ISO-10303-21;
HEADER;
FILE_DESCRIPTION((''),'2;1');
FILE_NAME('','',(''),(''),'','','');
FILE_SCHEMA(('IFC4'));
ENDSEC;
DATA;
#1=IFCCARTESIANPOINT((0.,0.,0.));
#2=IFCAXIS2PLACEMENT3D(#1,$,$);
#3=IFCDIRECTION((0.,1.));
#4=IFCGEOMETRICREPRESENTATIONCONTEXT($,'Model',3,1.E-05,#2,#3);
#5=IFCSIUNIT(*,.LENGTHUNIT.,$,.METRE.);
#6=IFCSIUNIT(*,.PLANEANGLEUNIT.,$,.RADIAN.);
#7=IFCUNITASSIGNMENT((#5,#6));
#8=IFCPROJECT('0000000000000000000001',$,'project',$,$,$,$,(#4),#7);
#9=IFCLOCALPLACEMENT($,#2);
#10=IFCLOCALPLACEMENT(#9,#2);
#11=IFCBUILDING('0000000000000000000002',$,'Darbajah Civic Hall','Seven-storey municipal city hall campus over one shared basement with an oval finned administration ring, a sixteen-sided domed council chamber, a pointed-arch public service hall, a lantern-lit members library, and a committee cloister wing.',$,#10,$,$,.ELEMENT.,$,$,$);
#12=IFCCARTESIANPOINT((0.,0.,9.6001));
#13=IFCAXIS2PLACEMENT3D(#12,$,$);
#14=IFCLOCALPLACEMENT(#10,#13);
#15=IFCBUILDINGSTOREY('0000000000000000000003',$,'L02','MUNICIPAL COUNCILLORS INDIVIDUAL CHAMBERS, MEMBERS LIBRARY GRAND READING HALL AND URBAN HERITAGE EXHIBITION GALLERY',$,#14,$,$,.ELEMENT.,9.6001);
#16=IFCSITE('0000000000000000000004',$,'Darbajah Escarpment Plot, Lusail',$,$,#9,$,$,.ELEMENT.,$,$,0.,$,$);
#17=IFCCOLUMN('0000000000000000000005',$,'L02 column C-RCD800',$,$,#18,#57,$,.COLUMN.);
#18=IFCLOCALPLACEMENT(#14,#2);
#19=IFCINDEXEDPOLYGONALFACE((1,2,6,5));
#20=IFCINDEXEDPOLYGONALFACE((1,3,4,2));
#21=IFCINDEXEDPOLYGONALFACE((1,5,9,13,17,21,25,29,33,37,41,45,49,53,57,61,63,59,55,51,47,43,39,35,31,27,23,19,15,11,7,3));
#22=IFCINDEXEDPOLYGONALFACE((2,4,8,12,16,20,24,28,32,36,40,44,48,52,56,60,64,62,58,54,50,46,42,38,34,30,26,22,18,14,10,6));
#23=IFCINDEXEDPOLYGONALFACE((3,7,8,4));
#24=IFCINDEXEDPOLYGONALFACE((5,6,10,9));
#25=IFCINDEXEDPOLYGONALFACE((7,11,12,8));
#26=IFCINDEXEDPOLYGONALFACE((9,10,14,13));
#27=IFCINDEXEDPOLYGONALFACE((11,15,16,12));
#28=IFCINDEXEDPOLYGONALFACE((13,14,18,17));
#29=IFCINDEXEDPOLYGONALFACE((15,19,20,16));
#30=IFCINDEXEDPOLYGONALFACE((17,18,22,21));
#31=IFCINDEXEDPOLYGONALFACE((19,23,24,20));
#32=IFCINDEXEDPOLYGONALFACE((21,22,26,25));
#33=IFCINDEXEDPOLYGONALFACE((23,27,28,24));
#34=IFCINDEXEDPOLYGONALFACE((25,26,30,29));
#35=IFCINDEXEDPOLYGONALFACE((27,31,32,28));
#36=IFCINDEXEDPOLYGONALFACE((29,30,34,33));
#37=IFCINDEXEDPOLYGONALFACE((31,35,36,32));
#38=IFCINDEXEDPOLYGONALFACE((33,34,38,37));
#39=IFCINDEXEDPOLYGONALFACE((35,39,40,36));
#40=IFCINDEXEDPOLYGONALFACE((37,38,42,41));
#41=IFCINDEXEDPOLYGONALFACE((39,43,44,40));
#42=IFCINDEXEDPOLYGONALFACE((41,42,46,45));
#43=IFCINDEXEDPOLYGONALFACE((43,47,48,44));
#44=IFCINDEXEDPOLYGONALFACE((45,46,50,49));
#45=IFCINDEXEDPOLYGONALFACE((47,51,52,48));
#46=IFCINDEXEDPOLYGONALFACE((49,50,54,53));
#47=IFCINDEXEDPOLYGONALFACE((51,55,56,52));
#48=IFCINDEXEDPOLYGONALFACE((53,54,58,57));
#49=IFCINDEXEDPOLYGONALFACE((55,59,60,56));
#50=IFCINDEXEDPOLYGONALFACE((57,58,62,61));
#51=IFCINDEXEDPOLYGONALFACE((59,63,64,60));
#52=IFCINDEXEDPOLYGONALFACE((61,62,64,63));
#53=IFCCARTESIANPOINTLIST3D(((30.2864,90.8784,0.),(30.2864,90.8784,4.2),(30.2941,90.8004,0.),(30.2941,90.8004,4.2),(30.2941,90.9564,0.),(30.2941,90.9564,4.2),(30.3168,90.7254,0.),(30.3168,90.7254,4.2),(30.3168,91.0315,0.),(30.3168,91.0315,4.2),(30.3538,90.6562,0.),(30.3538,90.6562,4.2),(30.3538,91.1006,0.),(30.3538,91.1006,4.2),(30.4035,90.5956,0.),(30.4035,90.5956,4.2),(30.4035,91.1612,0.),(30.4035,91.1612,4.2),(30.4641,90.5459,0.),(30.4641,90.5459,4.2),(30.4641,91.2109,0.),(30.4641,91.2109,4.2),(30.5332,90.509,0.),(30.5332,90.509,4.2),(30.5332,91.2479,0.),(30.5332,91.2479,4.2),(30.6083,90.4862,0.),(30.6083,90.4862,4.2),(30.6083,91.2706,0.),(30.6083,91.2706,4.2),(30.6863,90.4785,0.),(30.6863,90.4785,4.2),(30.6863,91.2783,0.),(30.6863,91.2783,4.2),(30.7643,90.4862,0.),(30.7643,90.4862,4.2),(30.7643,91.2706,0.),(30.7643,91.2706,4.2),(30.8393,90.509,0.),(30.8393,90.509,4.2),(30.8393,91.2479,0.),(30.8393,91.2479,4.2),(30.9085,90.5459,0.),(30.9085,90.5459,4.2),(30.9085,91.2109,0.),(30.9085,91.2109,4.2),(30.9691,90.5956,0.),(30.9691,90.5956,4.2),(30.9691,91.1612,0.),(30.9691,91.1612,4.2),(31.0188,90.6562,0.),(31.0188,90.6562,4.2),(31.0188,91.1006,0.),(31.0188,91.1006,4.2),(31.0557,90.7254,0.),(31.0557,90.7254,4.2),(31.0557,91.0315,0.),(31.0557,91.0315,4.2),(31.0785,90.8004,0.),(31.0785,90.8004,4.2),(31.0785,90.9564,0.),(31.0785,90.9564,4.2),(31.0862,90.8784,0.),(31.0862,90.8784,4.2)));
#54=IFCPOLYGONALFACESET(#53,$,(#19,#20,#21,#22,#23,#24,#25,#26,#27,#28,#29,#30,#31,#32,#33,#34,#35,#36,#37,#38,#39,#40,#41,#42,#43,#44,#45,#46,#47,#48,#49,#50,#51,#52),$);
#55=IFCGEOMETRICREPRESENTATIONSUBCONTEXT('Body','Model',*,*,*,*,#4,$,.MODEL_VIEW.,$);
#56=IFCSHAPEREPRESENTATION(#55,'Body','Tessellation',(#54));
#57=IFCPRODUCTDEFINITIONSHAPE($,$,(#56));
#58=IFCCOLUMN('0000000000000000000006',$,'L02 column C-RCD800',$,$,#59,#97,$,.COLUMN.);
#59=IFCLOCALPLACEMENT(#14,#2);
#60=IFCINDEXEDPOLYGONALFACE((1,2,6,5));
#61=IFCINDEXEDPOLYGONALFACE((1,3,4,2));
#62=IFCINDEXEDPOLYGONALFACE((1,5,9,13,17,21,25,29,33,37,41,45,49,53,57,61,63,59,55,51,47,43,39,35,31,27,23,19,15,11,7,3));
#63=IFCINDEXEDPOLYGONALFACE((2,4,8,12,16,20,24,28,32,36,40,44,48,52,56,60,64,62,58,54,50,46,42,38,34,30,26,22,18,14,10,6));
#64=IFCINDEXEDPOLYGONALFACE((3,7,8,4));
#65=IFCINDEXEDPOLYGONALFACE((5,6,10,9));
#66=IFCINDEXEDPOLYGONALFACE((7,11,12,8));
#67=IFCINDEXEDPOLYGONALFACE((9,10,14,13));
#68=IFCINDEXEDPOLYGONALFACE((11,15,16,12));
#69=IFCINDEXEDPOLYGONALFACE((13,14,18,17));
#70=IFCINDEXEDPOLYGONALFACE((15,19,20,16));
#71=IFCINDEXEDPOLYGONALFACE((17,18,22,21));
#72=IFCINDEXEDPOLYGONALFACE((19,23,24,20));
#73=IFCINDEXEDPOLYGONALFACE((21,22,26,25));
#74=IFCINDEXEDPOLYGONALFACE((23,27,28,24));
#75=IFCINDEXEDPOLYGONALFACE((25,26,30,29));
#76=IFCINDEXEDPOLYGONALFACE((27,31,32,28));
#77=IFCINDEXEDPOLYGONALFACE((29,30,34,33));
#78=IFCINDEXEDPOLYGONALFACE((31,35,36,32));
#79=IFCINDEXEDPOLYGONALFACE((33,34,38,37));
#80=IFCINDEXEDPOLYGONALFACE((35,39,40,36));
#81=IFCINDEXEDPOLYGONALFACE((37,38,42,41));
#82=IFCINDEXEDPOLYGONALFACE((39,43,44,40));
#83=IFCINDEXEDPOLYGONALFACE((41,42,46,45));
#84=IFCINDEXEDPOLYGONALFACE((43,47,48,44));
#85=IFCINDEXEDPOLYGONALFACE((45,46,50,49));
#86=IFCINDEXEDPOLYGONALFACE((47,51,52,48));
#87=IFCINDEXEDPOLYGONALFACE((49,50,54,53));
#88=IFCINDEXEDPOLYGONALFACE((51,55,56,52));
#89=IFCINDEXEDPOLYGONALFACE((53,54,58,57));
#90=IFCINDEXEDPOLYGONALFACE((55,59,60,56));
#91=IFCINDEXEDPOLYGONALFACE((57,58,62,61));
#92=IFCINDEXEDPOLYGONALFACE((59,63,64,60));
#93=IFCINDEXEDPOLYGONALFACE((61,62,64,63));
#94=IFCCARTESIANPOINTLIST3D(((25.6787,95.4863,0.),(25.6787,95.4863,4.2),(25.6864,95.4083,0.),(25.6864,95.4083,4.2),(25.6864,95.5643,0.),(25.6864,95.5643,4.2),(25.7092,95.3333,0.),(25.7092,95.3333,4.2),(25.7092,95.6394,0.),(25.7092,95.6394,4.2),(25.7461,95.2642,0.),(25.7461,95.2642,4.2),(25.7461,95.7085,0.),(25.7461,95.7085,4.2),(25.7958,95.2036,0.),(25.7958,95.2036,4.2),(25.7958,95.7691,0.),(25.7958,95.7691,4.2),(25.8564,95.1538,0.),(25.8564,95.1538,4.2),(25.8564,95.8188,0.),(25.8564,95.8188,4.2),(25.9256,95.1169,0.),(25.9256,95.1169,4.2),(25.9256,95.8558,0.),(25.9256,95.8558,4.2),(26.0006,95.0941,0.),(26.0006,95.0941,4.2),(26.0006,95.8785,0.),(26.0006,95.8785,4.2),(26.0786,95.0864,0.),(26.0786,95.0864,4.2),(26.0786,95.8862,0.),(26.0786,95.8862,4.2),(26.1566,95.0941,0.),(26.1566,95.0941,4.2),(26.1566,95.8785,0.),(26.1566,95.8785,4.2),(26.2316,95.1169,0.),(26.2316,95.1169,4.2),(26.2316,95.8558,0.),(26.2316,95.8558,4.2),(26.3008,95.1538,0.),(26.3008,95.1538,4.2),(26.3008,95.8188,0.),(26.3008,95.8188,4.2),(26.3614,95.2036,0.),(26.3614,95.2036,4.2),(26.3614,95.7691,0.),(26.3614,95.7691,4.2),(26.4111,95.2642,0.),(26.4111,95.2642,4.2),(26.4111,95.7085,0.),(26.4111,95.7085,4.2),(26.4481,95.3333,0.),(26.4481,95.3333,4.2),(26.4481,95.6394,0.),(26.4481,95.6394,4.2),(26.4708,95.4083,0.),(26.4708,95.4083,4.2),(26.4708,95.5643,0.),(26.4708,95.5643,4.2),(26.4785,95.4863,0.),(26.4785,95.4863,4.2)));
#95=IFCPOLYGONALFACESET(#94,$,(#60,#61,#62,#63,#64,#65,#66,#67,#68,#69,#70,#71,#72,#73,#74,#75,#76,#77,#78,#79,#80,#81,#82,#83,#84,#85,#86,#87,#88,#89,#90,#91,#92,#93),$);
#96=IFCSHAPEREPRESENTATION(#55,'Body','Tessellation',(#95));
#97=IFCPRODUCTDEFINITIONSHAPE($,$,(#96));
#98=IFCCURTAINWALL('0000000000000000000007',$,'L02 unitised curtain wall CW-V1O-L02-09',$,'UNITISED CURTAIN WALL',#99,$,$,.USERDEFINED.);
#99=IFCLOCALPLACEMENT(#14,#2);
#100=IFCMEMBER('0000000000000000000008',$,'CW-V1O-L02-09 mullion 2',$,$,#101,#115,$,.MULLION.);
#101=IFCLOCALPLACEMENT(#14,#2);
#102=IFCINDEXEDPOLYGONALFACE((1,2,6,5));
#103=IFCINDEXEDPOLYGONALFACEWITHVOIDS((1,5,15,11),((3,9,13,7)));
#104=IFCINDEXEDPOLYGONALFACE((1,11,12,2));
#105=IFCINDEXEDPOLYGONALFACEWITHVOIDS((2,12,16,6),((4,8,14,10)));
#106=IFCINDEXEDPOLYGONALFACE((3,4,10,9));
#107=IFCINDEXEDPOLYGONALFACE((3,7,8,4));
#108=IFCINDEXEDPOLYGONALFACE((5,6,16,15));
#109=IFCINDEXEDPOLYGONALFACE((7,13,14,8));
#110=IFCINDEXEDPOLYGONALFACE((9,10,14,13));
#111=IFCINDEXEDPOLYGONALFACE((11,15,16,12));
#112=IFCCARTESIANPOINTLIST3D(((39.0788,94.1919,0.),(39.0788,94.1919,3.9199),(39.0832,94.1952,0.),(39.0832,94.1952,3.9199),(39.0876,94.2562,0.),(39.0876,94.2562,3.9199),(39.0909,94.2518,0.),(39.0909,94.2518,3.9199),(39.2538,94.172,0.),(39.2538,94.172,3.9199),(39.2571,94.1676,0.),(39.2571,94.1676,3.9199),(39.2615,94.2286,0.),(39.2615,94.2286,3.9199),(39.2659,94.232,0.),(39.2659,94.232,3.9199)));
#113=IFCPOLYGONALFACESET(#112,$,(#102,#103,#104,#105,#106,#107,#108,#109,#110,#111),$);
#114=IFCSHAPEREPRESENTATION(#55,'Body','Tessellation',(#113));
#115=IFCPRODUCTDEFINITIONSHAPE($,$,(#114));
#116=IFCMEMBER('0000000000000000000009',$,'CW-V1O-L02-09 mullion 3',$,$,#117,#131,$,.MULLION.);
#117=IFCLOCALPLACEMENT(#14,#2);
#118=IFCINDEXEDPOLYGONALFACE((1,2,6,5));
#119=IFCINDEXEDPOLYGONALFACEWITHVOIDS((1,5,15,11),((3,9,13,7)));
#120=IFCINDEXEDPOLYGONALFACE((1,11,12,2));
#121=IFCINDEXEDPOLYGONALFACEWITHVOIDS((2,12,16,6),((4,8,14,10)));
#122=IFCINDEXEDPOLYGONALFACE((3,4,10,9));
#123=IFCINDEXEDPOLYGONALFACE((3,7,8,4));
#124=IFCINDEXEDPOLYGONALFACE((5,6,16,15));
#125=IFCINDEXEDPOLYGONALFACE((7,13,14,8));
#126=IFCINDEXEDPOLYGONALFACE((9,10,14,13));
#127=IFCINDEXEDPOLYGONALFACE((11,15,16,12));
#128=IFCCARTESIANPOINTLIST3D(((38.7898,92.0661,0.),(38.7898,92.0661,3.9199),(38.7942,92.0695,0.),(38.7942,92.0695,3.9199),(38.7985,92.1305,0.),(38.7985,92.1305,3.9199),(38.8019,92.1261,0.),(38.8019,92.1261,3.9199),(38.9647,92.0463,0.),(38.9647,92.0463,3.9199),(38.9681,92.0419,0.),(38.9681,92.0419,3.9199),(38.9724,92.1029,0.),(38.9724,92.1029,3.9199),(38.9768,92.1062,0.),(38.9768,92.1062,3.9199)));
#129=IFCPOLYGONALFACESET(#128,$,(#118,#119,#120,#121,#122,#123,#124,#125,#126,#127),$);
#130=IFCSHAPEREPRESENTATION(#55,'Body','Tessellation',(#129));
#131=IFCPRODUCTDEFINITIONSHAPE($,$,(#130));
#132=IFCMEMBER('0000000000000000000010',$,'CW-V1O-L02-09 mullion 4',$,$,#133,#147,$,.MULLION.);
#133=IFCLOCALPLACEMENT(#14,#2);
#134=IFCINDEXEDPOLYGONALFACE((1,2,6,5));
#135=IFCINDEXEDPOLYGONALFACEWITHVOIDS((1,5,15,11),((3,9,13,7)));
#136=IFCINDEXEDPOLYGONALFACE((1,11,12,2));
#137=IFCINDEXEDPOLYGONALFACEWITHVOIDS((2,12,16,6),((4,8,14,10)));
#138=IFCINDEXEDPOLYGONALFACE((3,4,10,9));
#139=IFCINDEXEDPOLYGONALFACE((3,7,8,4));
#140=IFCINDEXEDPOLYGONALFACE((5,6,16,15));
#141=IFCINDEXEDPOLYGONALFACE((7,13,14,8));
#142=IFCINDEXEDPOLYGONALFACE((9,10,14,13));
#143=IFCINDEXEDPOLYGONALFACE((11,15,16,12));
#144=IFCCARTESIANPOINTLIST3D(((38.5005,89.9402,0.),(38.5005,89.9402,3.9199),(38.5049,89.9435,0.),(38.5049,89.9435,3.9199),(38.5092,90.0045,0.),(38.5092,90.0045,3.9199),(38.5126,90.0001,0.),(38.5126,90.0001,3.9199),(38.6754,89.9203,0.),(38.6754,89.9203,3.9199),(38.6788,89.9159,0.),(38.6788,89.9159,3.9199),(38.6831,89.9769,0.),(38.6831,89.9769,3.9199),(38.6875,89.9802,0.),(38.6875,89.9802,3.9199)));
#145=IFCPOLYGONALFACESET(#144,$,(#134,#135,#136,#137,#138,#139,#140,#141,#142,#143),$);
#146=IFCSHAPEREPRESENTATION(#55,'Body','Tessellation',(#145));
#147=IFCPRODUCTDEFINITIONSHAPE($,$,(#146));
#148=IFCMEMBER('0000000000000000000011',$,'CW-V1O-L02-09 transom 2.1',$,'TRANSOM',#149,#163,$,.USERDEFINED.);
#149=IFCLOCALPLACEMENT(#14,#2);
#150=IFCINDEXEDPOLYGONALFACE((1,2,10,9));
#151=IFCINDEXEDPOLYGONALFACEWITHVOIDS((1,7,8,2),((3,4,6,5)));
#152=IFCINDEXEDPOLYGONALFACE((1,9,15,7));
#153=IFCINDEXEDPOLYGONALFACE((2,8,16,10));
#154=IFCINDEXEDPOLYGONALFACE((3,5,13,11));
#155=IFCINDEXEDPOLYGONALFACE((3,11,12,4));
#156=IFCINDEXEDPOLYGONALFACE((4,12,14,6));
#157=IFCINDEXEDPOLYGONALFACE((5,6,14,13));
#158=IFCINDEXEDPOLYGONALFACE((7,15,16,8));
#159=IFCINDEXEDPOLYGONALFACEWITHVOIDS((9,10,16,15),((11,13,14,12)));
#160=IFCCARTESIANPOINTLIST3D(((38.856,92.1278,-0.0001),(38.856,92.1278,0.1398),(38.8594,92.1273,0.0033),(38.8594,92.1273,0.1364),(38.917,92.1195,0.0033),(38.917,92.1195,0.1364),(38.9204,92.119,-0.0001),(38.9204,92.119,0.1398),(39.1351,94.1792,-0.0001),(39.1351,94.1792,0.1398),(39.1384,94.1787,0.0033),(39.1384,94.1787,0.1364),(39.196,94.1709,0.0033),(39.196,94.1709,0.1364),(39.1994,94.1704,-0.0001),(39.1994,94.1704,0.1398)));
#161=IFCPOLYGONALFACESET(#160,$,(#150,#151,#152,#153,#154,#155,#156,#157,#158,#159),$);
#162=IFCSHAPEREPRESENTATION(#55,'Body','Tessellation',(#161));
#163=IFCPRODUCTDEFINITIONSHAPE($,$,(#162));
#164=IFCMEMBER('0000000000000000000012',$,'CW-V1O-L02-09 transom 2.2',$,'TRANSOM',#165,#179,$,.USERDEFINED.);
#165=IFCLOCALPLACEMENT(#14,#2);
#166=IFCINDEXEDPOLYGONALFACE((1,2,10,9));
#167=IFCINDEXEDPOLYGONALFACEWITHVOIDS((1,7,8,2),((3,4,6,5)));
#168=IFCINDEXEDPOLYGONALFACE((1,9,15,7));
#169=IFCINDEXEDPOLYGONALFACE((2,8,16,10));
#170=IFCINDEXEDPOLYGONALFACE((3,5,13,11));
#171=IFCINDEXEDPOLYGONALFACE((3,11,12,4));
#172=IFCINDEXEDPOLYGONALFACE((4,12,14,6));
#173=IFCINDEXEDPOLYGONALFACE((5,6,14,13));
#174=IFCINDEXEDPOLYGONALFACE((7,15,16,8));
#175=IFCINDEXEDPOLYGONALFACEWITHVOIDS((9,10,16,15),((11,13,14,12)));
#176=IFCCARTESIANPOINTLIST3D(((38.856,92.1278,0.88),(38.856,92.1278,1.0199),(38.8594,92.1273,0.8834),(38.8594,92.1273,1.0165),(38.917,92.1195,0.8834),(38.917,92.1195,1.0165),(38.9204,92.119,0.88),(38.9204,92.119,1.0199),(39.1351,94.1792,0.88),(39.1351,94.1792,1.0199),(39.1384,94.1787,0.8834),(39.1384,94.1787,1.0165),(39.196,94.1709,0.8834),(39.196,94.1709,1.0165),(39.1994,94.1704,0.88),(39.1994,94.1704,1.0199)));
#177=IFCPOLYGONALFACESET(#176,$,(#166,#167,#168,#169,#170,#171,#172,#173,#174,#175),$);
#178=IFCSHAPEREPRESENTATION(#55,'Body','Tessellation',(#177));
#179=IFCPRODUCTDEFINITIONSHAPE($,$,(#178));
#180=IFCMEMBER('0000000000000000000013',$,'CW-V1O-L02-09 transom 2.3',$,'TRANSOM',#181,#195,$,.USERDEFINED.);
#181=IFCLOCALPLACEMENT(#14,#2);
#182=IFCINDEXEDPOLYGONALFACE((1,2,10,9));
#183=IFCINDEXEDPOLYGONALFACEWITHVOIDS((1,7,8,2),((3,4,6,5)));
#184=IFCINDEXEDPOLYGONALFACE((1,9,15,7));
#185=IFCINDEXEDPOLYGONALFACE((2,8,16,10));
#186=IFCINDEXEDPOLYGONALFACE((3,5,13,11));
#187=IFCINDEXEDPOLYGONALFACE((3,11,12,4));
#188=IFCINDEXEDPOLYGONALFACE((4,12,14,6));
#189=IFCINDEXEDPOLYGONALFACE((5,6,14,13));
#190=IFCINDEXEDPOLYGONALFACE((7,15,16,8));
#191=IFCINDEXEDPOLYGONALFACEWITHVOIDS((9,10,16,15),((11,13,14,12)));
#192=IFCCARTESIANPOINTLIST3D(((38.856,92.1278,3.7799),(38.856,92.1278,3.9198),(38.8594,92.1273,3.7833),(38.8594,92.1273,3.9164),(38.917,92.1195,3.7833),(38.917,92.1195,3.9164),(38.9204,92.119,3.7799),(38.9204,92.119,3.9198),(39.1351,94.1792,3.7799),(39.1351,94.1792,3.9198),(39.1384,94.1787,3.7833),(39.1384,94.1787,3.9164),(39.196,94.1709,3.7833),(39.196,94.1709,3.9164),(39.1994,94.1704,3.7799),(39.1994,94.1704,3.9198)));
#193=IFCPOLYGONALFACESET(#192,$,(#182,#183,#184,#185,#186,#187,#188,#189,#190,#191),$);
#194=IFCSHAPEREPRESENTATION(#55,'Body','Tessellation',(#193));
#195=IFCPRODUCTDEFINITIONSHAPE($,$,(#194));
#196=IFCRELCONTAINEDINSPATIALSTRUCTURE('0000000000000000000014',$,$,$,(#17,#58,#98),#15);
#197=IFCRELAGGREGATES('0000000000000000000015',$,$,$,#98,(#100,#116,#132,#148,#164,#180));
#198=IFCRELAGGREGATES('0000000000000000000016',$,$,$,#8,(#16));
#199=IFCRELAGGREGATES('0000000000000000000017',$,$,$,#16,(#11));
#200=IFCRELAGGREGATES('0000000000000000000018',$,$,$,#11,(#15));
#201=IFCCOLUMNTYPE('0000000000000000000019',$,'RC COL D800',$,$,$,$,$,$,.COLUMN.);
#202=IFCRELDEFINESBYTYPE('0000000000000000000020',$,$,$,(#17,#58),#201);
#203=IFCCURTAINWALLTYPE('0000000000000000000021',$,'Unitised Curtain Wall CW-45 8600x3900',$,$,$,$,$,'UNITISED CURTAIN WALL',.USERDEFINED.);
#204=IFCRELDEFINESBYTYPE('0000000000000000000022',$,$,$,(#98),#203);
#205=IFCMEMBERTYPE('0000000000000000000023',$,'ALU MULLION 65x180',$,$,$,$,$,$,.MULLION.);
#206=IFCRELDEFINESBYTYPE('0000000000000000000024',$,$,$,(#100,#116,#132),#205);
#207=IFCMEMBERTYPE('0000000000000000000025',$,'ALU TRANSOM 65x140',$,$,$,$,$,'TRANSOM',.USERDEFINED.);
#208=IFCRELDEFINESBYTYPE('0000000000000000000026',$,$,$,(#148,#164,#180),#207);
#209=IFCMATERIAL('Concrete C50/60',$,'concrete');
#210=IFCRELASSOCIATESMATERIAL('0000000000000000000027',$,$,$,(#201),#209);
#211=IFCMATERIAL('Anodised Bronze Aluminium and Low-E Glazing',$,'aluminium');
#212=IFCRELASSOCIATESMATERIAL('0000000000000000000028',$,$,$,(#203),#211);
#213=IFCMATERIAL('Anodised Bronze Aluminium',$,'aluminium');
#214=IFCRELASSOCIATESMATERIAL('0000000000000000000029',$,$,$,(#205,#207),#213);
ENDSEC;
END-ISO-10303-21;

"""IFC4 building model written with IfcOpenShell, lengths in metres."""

from ifc_helpers import new_model, si_unit, direction, frame, origin, origin_2d, place, context, subcontext, project, spatial, hollow_rectangle, circle, extrude, material, material_profile, profile_set, type_object, element, aggregate, save


model = new_model("IFC4")

# Units and contexts
model_context = context("Model", 3, precision=1e-05, world=origin(), true_north=direction((0.0, 1.0)))
body_context = subcontext(model_context, "Body", "Model", "MODEL_VIEW")
ifc_project = project(units=[si_unit("LENGTHUNIT", "METRE"), si_unit("PLANEANGLEUNIT", "RADIAN")], contexts=[model_context])

# Site, building, storey
site_placement = place(None, origin())
site = spatial("IfcSite", under=ifc_project, at=site_placement, Name="Darbajah Escarpment Plot, Lusail", CompositionType="ELEMENT", RefElevation=0.0)
building_placement = place(site_placement, origin())
building = spatial("IfcBuilding", under=site, at=building_placement, Name="Darbajah Civic Hall", Description="Seven-storey municipal city hall campus over one shared basement with an oval finned administration ring, a sixteen-sided domed council chamber, a pointed-arch public service hall, a lantern-lit members library, and a committee cloister wing.", CompositionType="ELEMENT")
storey_placement = place(building_placement, frame((0.0, 0.0, 9.6001)))
storey = spatial("IfcBuildingStorey", under=building, at=storey_placement, Name="L02", Description="MUNICIPAL COUNCILLORS INDIVIDUAL CHAMBERS, MEMBERS LIBRARY GRAND READING HALL AND URBAN HERITAGE EXHIBITION GALLERY", CompositionType="ELEMENT", Elevation=9.6001)

# Columns
ifc_material_1 = material(Name="Concrete C50/60", Category="concrete")
ifc_material_profile_1 = material_profile(ifc_material_1, circle(Radius=0.3999, at=origin_2d()), Name="RC COL D800")
ifc_profile_set_1 = profile_set([ifc_material_profile_1], Name="Concrete C50/60")
column_type = type_object("IfcColumnType", Name="RC COL D800", PredefinedType="COLUMN", material=ifc_profile_set_1)
for number, where, z_axis, x_axis, name in (
    (1, (30.6863, 90.8784, 0.0), (0.0, 0.0, 1.0), (1.0, 0.0, 0.0), "L02 column C-RCD800"),
    (2, (26.0786, 95.4863, 0.0), (0.0, 0.0, 1.0), (1.0, 0.0, 0.0), "L02 column C-RCD800"),
):
    element("IfcColumn", number, at=place(storey_placement, frame(where, z_axis=z_axis, x_axis=x_axis)), inside=storey, type_object=column_type, Name=name, PredefinedType="COLUMN", context=body_context, shape_type="SweptSolid", body=[
        extrude(circle(Radius=0.3999, at=origin_2d()), origin(), (0.0, 0.0, 1.0), 4.2),
    ])

# Curtain wall, members
ifc_material_2 = material(Name="Anodised Bronze Aluminium and Low-E Glazing", Category="aluminium")
curtain_wall_type = type_object("IfcCurtainWallType", Name="Unitised Curtain Wall CW-45 8600x3900", ElementType="UNITISED CURTAIN WALL", PredefinedType="USERDEFINED", material=ifc_material_2)
curtain_wall_placement = place(storey_placement, origin())
curtain_wall = element("IfcCurtainWall", 3, at=curtain_wall_placement, inside=storey, type_object=curtain_wall_type, Name="L02 unitised curtain wall CW-V1O-L02-09", ObjectType="UNITISED CURTAIN WALL", PredefinedType="USERDEFINED")
ifc_material_3 = material(Name="Anodised Bronze Aluminium", Category="aluminium")
ifc_material_profile_2 = material_profile(ifc_material_3, hollow_rectangle(XDim=0.0649, YDim=0.1799, WallThickness=0.0039, at=origin_2d()), Name="ALU MULLION 65x180")
ifc_profile_set_2 = profile_set([ifc_material_profile_2], Name="Anodised Bronze Aluminium")
member_type_1 = type_object("IfcMemberType", Name="ALU MULLION 65x180", PredefinedType="MULLION", material=ifc_profile_set_2)
member_1_placement = place(storey_placement, frame((39.1724, 94.2119, 0.0), z_axis=(0.0, 0.0, 1.0), x_axis=(-0.134851, -0.990866, 0.0)))
member_1 = element("IfcMember", 4, at=member_1_placement, type_object=member_type_1, Name="CW-V1O-L02-09 mullion 2", PredefinedType="MULLION", context=body_context, shape_type="SweptSolid", body=[
    extrude(hollow_rectangle(XDim=0.0649, YDim=0.1799, WallThickness=0.0039, at=origin_2d()), origin(), (0.0, 0.0, 1.0), 3.9199),
])
member_2_placement = place(storey_placement, frame((38.8833, 92.0862, 0.0), z_axis=(0.0, 0.0, 1.0), x_axis=(-0.134851, -0.990866, 0.0)))
member_2 = element("IfcMember", 5, at=member_2_placement, type_object=member_type_1, Name="CW-V1O-L02-09 mullion 3", PredefinedType="MULLION", context=body_context, shape_type="SweptSolid", body=[
    extrude(hollow_rectangle(XDim=0.0649, YDim=0.1799, WallThickness=0.0039, at=origin_2d()), origin(), (0.0, 0.0, 1.0), 3.9199),
])
member_3_placement = place(storey_placement, frame((38.594, 89.9602, 0.0), z_axis=(0.0, 0.0, 1.0), x_axis=(-0.134851, -0.990866, 0.0)))
member_3 = element("IfcMember", 6, at=member_3_placement, type_object=member_type_1, Name="CW-V1O-L02-09 mullion 4", PredefinedType="MULLION", context=body_context, shape_type="SweptSolid", body=[
    extrude(hollow_rectangle(XDim=0.0649, YDim=0.1799, WallThickness=0.0039, at=origin_2d()), origin(), (0.0, 0.0, 1.0), 3.9199),
])
ifc_material_profile_3 = material_profile(ifc_material_3, hollow_rectangle(XDim=0.0649, YDim=0.1399, WallThickness=0.0034, at=origin_2d()), Name="ALU TRANSOM 65x140")
ifc_profile_set_3 = profile_set([ifc_material_profile_3], Name="Anodised Bronze Aluminium")
member_type_2 = type_object("IfcMemberType", Name="ALU TRANSOM 65x140", ElementType="TRANSOM", PredefinedType="USERDEFINED", material=ifc_profile_set_3)
member_4_placement = place(storey_placement, frame((39.1672, 94.1748, 0.0698), z_axis=(-0.134782, -0.990875, 0.0), x_axis=(0.990875, -0.134782, 0.0)))
member_4 = element("IfcMember", 7, at=member_4_placement, type_object=member_type_2, Name="CW-V1O-L02-09 transom 2.1", ObjectType="TRANSOM", PredefinedType="USERDEFINED", context=body_context, shape_type="SweptSolid", body=[
    extrude(hollow_rectangle(XDim=0.0649, YDim=0.1399, WallThickness=0.0034, at=origin_2d()), origin(), (0.0, 0.0, 1.0), 2.0703),
])
member_5_placement = place(storey_placement, frame((39.1672, 94.1748, 0.95), z_axis=(-0.134782, -0.990875, 0.0), x_axis=(0.990875, -0.134782, 0.0)))
member_5 = element("IfcMember", 8, at=member_5_placement, type_object=member_type_2, Name="CW-V1O-L02-09 transom 2.2", ObjectType="TRANSOM", PredefinedType="USERDEFINED", context=body_context, shape_type="SweptSolid", body=[
    extrude(hollow_rectangle(XDim=0.0649, YDim=0.1399, WallThickness=0.0034, at=origin_2d()), origin(), (0.0, 0.0, 1.0), 2.0703),
])
member_6_placement = place(storey_placement, frame((39.1672, 94.1748, 3.8499), z_axis=(-0.134782, -0.990875, 0.0), x_axis=(0.990875, -0.134782, 0.0)))
member_6 = element("IfcMember", 9, at=member_6_placement, type_object=member_type_2, Name="CW-V1O-L02-09 transom 2.3", ObjectType="TRANSOM", PredefinedType="USERDEFINED", context=body_context, shape_type="SweptSolid", body=[
    extrude(hollow_rectangle(XDim=0.0649, YDim=0.1399, WallThickness=0.0034, at=origin_2d()), origin(), (0.0, 0.0, 1.0), 2.0703),
])

aggregate(curtain_wall, [member_1, member_2, member_3, member_4, member_5, member_6])

save(model, "model.ifc")
